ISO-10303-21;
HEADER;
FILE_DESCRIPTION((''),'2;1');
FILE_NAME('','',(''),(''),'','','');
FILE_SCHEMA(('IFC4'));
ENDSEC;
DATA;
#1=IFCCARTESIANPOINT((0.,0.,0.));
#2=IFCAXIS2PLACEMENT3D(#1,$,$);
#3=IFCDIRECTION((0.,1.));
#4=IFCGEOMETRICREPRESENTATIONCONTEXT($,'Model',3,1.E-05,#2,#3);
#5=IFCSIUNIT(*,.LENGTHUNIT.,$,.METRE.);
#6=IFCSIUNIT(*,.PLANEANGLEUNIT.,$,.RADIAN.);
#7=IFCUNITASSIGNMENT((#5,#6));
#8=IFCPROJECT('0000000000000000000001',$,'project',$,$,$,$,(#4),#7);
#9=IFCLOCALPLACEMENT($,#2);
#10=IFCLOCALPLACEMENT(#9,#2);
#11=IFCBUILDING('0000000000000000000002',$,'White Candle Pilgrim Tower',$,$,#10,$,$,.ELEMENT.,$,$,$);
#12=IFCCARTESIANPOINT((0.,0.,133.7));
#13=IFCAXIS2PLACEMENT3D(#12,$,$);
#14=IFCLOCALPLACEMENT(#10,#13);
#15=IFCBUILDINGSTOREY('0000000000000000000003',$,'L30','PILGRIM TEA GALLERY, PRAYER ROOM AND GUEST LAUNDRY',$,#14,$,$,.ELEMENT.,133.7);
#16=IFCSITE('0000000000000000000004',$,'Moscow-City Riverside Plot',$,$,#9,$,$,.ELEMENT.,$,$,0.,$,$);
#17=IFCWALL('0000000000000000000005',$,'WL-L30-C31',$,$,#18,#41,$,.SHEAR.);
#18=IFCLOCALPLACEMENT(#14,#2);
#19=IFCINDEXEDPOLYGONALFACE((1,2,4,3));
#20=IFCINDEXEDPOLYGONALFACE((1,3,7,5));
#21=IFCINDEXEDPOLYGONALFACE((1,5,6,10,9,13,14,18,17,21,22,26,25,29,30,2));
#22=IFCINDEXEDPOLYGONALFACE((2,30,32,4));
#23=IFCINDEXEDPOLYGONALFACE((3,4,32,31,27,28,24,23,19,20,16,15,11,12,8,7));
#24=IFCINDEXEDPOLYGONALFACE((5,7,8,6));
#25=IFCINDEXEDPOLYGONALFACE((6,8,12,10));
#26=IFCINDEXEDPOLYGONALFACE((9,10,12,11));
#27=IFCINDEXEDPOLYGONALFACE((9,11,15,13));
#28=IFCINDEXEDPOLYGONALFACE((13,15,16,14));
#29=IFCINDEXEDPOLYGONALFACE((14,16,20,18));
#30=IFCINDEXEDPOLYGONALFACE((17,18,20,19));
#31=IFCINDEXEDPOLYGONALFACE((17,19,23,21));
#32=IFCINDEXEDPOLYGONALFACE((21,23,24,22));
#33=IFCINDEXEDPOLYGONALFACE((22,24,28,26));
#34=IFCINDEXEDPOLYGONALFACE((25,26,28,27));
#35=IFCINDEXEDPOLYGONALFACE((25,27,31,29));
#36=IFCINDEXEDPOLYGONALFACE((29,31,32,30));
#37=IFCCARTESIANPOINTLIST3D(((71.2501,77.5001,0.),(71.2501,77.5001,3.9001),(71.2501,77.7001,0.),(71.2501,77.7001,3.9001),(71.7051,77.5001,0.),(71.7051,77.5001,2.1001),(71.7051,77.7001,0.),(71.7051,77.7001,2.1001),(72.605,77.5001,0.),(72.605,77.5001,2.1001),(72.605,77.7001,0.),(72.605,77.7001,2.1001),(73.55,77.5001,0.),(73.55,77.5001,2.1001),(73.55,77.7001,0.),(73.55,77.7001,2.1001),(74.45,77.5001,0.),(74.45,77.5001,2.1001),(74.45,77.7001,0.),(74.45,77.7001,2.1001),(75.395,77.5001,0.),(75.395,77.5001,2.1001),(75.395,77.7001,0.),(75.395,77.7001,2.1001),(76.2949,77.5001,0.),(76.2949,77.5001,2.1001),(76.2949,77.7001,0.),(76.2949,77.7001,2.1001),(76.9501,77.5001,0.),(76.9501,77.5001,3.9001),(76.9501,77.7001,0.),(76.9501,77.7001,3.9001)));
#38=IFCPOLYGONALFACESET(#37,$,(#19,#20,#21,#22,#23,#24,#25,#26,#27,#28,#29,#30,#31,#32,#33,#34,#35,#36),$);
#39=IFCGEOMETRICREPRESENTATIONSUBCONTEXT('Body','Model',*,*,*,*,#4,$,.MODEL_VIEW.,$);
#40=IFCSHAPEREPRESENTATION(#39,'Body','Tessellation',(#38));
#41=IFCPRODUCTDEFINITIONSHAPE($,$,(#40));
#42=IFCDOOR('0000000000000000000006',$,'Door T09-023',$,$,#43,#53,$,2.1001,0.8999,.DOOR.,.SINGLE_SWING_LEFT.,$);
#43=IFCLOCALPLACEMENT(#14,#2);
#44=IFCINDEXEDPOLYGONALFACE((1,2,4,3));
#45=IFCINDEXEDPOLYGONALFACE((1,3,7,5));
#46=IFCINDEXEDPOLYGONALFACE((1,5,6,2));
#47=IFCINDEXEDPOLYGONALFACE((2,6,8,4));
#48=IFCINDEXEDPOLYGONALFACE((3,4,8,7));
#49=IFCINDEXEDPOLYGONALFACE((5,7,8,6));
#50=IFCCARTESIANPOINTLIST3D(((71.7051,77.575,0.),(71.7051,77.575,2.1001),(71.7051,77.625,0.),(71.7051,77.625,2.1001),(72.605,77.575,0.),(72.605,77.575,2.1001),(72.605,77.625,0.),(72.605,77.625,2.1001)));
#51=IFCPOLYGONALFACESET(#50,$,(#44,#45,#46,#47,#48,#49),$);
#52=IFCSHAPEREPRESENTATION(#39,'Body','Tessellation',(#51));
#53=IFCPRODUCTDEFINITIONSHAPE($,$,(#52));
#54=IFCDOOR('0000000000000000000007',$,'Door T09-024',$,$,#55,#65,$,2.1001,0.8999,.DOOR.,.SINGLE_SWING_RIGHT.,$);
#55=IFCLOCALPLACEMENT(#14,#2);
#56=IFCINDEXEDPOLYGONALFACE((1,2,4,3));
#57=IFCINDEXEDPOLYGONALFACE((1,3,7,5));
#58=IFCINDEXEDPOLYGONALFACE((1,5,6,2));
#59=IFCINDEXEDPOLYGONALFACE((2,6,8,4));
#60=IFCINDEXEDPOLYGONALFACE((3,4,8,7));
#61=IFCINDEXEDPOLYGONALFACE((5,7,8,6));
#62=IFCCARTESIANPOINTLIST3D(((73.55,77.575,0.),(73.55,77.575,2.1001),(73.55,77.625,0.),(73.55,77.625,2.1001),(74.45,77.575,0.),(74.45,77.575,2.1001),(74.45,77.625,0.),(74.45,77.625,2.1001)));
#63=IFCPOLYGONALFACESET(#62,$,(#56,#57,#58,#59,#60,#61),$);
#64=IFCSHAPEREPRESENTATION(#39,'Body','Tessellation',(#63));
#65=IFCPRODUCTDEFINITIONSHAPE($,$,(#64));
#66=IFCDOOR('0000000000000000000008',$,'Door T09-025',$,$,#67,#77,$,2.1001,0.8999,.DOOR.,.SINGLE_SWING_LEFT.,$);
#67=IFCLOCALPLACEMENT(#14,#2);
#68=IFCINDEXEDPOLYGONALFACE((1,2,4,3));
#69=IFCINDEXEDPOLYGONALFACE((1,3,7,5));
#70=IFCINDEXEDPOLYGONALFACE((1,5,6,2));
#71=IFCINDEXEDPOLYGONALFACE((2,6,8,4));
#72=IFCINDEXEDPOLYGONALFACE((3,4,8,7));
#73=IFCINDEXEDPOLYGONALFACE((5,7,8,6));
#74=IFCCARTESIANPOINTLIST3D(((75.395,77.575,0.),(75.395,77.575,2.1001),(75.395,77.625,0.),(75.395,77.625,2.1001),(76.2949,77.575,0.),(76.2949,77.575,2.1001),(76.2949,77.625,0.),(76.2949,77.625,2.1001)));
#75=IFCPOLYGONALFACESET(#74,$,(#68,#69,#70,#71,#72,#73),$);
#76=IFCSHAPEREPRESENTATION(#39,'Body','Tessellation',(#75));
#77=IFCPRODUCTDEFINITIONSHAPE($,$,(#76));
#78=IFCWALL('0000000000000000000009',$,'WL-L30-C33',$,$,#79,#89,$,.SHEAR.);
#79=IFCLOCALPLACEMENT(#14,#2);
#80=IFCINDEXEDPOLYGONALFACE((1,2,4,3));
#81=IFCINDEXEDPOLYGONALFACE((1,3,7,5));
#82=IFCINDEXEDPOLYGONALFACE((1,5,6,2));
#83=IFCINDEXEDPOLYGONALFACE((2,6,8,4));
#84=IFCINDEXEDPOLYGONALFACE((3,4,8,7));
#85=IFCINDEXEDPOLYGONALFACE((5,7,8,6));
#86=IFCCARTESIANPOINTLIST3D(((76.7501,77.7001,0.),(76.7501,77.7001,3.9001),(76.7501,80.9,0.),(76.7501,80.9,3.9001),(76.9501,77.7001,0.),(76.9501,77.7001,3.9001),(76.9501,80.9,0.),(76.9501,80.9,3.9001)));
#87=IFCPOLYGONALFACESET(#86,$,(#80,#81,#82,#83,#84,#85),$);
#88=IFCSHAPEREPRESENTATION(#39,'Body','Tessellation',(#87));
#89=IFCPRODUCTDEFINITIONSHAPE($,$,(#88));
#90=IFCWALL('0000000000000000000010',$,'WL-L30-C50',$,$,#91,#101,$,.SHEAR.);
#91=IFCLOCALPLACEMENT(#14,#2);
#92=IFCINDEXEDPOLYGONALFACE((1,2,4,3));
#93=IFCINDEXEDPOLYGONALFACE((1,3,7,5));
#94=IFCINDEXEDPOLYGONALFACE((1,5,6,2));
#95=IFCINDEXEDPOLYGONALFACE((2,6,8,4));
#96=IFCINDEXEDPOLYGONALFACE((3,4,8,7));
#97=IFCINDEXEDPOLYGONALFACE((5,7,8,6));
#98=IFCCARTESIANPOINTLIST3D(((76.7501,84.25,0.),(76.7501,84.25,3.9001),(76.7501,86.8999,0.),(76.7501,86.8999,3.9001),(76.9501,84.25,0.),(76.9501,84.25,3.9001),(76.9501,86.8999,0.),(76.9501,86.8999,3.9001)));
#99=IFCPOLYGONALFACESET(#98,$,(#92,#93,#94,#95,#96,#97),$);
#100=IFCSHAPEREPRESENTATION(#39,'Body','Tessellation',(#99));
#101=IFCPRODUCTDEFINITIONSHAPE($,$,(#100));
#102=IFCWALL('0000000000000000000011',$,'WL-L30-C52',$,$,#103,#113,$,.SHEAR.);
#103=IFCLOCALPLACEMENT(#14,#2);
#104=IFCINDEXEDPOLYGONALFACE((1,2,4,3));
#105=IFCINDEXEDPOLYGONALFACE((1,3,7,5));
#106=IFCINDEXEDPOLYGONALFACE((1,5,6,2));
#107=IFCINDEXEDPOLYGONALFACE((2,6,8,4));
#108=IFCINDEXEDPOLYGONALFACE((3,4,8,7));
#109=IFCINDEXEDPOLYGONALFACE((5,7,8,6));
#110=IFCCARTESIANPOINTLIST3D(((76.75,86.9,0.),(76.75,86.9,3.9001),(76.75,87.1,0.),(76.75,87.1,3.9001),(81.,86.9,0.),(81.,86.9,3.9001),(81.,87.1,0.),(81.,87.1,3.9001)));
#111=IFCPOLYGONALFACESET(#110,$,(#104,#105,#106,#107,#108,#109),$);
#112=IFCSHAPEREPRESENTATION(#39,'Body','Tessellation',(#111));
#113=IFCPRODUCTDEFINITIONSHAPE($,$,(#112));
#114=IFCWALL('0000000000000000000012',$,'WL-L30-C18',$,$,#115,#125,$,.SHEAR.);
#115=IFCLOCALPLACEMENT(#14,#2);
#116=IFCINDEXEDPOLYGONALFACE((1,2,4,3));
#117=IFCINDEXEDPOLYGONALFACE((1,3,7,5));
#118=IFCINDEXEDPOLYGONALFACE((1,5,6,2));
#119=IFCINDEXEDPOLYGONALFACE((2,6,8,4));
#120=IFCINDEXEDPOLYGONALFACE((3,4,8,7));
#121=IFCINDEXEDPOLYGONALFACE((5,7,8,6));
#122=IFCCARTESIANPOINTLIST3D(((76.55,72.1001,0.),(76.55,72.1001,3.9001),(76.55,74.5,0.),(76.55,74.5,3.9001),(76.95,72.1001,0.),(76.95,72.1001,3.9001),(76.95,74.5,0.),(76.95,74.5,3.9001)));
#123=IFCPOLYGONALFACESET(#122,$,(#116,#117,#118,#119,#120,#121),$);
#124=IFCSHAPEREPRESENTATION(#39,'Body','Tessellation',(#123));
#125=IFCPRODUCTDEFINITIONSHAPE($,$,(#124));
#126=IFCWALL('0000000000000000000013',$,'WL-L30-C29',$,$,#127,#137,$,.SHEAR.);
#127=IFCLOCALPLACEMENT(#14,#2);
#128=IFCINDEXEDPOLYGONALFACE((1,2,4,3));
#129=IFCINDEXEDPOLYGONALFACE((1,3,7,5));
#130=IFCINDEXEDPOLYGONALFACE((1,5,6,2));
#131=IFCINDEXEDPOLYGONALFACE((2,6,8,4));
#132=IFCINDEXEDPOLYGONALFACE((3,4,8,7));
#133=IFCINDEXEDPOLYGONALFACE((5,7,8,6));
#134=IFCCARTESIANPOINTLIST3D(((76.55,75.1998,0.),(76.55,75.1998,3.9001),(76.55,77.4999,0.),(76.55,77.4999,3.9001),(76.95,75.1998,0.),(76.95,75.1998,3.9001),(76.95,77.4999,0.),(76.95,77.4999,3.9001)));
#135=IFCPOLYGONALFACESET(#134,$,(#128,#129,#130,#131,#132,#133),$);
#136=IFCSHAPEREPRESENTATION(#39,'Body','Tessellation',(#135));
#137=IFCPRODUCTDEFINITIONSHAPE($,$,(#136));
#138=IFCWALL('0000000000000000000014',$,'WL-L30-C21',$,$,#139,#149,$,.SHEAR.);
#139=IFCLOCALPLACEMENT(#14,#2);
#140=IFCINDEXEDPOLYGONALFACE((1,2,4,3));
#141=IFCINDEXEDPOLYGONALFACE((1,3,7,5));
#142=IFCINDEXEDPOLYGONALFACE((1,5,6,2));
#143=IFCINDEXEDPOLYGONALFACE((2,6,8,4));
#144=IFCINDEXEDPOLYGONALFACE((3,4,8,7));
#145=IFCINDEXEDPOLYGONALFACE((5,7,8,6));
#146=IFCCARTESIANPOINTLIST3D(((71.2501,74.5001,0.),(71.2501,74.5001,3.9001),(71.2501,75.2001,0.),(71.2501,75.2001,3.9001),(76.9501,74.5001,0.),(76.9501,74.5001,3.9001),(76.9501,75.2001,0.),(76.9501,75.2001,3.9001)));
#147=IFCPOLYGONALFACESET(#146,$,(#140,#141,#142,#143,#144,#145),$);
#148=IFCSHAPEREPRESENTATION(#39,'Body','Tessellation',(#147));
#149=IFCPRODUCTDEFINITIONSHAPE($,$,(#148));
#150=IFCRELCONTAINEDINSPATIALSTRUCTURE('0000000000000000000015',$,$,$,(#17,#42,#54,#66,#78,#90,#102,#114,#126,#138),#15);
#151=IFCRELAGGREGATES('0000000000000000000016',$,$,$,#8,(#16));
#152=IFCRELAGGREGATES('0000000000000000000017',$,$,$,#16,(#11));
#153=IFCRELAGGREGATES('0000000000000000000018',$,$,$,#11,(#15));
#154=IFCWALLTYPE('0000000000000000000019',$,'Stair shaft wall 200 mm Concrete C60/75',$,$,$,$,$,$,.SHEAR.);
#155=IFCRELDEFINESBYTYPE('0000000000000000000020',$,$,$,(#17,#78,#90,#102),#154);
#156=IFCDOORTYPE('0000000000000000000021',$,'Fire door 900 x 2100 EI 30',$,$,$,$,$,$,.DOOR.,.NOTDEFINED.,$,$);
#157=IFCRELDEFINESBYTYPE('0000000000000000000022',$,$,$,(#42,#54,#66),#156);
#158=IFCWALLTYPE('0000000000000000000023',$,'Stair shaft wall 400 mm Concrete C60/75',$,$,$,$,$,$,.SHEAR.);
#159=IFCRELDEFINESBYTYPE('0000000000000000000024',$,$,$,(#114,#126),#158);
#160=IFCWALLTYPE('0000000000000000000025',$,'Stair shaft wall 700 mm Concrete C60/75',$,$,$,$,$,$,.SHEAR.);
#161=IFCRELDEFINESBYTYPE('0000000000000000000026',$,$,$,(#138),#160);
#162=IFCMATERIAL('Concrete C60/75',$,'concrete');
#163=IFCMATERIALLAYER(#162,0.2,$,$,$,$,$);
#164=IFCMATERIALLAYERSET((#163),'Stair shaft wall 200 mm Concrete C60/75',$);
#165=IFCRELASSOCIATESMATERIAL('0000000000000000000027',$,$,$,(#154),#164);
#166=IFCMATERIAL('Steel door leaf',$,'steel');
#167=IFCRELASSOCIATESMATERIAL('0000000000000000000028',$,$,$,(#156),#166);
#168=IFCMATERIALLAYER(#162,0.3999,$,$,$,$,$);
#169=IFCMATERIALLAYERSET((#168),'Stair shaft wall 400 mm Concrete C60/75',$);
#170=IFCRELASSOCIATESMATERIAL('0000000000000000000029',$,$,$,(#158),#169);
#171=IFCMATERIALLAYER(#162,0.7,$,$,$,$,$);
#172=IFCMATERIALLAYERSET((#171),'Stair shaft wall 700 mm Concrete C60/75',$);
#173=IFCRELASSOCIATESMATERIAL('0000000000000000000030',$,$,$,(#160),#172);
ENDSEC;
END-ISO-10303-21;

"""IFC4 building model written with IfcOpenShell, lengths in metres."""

from ifc_helpers import new_model, si_unit, direction, frame, frame_2d, origin, place, context, subcontext, project, spatial, rectangle, extrude, material, layer, layer_set, type_object, element, fill, save


model = new_model("IFC4")

# Units and contexts
model_context = context("Model", 3, precision=1e-05, world=origin(), true_north=direction((0.0, 1.0)))
body_context = subcontext(model_context, "Body", "Model", "MODEL_VIEW")
ifc_project = project(units=[si_unit("LENGTHUNIT", "METRE"), si_unit("PLANEANGLEUNIT", "RADIAN")], contexts=[model_context])

# Site, building, storey
site_placement = place(None, origin())
site = spatial("IfcSite", under=ifc_project, at=site_placement, Name="Moscow-City Riverside Plot", CompositionType="ELEMENT", RefElevation=0.0)
building_placement = place(site_placement, origin())
building = spatial("IfcBuilding", under=site, at=building_placement, Name="White Candle Pilgrim Tower", CompositionType="ELEMENT")
storey_placement = place(building_placement, frame((0.0, 0.0, 133.7)))
storey = spatial("IfcBuildingStorey", under=building, at=storey_placement, Name="L30", Description="PILGRIM TEA GALLERY, PRAYER ROOM AND GUEST LAUNDRY", CompositionType="ELEMENT", Elevation=133.7)

# Shared definitions
ifc_material_1 = material(Name="Concrete C60/75", Category="concrete")

# Wall, openings, doors
ifc_layer_1 = layer(ifc_material_1, 0.2)
ifc_layer_set_1 = layer_set([ifc_layer_1], Name="Stair shaft wall 200 mm Concrete C60/75")
wall_type_1 = type_object("IfcWallType", Name="Stair shaft wall 200 mm Concrete C60/75", PredefinedType="SHEAR", material=ifc_layer_set_1)
wall_1_placement = place(storey_placement, frame((71.25, 77.6001, 0.0), z_axis=(0.0, 0.0, 1.0), x_axis=(1.0, 0.0, 0.0)))
wall_1 = element("IfcWall", 1, at=wall_1_placement, inside=storey, type_object=wall_type_1, Name="WL-L30-C31", PredefinedType="SHEAR", context=body_context, shape_type="SweptSolid", body=[
    extrude(rectangle(XDim=5.7, YDim=0.2, at=frame_2d((2.8501, 0.0))), origin(), (0.0, 0.0, 1.0), 3.9001),
])
opening_1_placement = place(wall_1_placement, frame((0.4551, 0.0, 0.0)))
opening_1 = element("IfcOpeningElement", 2, at=opening_1_placement, cuts=wall_1, PredefinedType="OPENING", context=body_context, shape_type="SweptSolid", body=[
    extrude(rectangle(XDim=0.8999, YDim=2.1001, at=frame_2d((0.45, 1.05))), frame((0.0, 0.1099, 0.0), z_axis=(0.0, -1.0, 0.0), x_axis=(1.0, 0.0, 0.0)), (0.0, 0.0, 1.0), 0.22),
])
opening_2_placement = place(wall_1_placement, frame((2.3, 0.0, 0.0)))
opening_2 = element("IfcOpeningElement", 3, at=opening_2_placement, cuts=wall_1, PredefinedType="OPENING", context=body_context, shape_type="SweptSolid", body=[
    extrude(rectangle(XDim=0.8999, YDim=2.1001, at=frame_2d((0.45, 1.05))), frame((0.0, 0.1099, 0.0), z_axis=(0.0, -1.0, 0.0), x_axis=(1.0, 0.0, 0.0)), (0.0, 0.0, 1.0), 0.22),
])
opening_3_placement = place(wall_1_placement, frame((4.145, 0.0, 0.0)))
opening_3 = element("IfcOpeningElement", 4, at=opening_3_placement, cuts=wall_1, PredefinedType="OPENING", context=body_context, shape_type="SweptSolid", body=[
    extrude(rectangle(XDim=0.8999, YDim=2.1001, at=frame_2d((0.45, 1.05))), frame((0.0, 0.1099, 0.0), z_axis=(0.0, -1.0, 0.0), x_axis=(1.0, 0.0, 0.0)), (0.0, 0.0, 1.0), 0.22),
])
ifc_material_2 = material(Name="Steel door leaf", Category="steel")
door_type = type_object("IfcDoorType", Name="Fire door 900 x 2100 EI 30", OperationType="NOTDEFINED", PredefinedType="DOOR", material=ifc_material_2)
door_1_placement = place(opening_1_placement, origin())
door_1 = element("IfcDoor", 5, at=door_1_placement, inside=storey, type_object=door_type, Name="Door T09-023", OperationType="SINGLE_SWING_LEFT", OverallHeight=2.1001, OverallWidth=0.8999, PredefinedType="DOOR", context=body_context, shape_type="SweptSolid", body=[
    extrude(rectangle(XDim=0.8999, YDim=2.1001, at=frame_2d((0.45, 1.05))), frame((0.0, 0.0249, 0.0), z_axis=(0.0, -1.0, 0.0), x_axis=(1.0, 0.0, 0.0)), (0.0, 0.0, 1.0), 0.05),
])
fill(opening_1, door_1)
door_2_placement = place(opening_2_placement, origin())
door_2 = element("IfcDoor", 6, at=door_2_placement, inside=storey, type_object=door_type, Name="Door T09-024", OperationType="SINGLE_SWING_RIGHT", OverallHeight=2.1001, OverallWidth=0.8999, PredefinedType="DOOR", context=body_context, shape_type="SweptSolid", body=[
    extrude(rectangle(XDim=0.8999, YDim=2.1001, at=frame_2d((0.45, 1.05))), frame((0.0, 0.0249, 0.0), z_axis=(0.0, -1.0, 0.0), x_axis=(1.0, 0.0, 0.0)), (0.0, 0.0, 1.0), 0.05),
])
fill(opening_2, door_2)
door_3_placement = place(opening_3_placement, origin())
door_3 = element("IfcDoor", 7, at=door_3_placement, inside=storey, type_object=door_type, Name="Door T09-025", OperationType="SINGLE_SWING_LEFT", OverallHeight=2.1001, OverallWidth=0.8999, PredefinedType="DOOR", context=body_context, shape_type="SweptSolid", body=[
    extrude(rectangle(XDim=0.8999, YDim=2.1001, at=frame_2d((0.45, 1.05))), frame((0.0, 0.0249, 0.0), z_axis=(0.0, -1.0, 0.0), x_axis=(1.0, 0.0, 0.0)), (0.0, 0.0, 1.0), 0.05),
])
fill(opening_3, door_3)

# Walls
wall_2_placement = place(storey_placement, frame((76.8501, 77.7, 0.0), z_axis=(0.0, 0.0, 1.0), x_axis=(0.0, 1.0, 0.0)))
element("IfcWall", 8, at=wall_2_placement, inside=storey, type_object=wall_type_1, Name="WL-L30-C33", PredefinedType="SHEAR", context=body_context, shape_type="SweptSolid", body=[
    extrude(rectangle(XDim=3.2, YDim=0.2, at=frame_2d((1.6001, 0.0))), origin(), (0.0, 0.0, 1.0), 3.9001),
])
wall_3_placement = place(storey_placement, frame((76.8501, 84.25, 0.0), z_axis=(0.0, 0.0, 1.0), x_axis=(0.0, 1.0, 0.0)))
element("IfcWall", 9, at=wall_3_placement, inside=storey, type_object=wall_type_1, Name="WL-L30-C50", PredefinedType="SHEAR", context=body_context, shape_type="SweptSolid", body=[
    extrude(rectangle(XDim=2.6499, YDim=0.2, at=frame_2d((1.325, 0.0))), origin(), (0.0, 0.0, 1.0), 3.9001),
])
wall_4_placement = place(storey_placement, frame((76.75, 87.0, 0.0), z_axis=(0.0, 0.0, 1.0), x_axis=(1.0, 0.0, 0.0)))
element("IfcWall", 10, at=wall_4_placement, inside=storey, type_object=wall_type_1, Name="WL-L30-C52", PredefinedType="SHEAR", context=body_context, shape_type="SweptSolid", body=[
    extrude(rectangle(XDim=4.25, YDim=0.2, at=frame_2d((2.125, 0.0))), origin(), (0.0, 0.0, 1.0), 3.9001),
])
ifc_layer_2 = layer(ifc_material_1, 0.3999)
ifc_layer_set_2 = layer_set([ifc_layer_2], Name="Stair shaft wall 400 mm Concrete C60/75")
wall_type_2 = type_object("IfcWallType", Name="Stair shaft wall 400 mm Concrete C60/75", PredefinedType="SHEAR", material=ifc_layer_set_2)
wall_5_placement = place(storey_placement, frame((76.75, 72.1001, 0.0), z_axis=(0.0, 0.0, 1.0), x_axis=(0.0, 1.0, 0.0)))
element("IfcWall", 11, at=wall_5_placement, inside=storey, type_object=wall_type_2, Name="WL-L30-C18", PredefinedType="SHEAR", context=body_context, shape_type="SweptSolid", body=[
    extrude(rectangle(XDim=2.3999, YDim=0.3999, at=frame_2d((1.2, 0.0))), origin(), (0.0, 0.0, 1.0), 3.9001),
])
wall_6_placement = place(storey_placement, frame((76.75, 75.2, 0.0), z_axis=(0.0, 0.0, 1.0), x_axis=(0.0, 1.0, 0.0)))
element("IfcWall", 12, at=wall_6_placement, inside=storey, type_object=wall_type_2, Name="WL-L30-C29", PredefinedType="SHEAR", context=body_context, shape_type="SweptSolid", body=[
    extrude(rectangle(XDim=2.3, YDim=0.3999, at=frame_2d((1.1499, 0.0))), origin(), (0.0, 0.0, 1.0), 3.9001),
])
ifc_layer_3 = layer(ifc_material_1, 0.7)
ifc_layer_set_3 = layer_set([ifc_layer_3], Name="Stair shaft wall 700 mm Concrete C60/75")
wall_type_3 = type_object("IfcWallType", Name="Stair shaft wall 700 mm Concrete C60/75", PredefinedType="SHEAR", material=ifc_layer_set_3)
wall_7_placement = place(storey_placement, frame((71.25, 74.8501, 0.0), z_axis=(0.0, 0.0, 1.0), x_axis=(1.0, 0.0, 0.0)))
element("IfcWall", 13, at=wall_7_placement, inside=storey, type_object=wall_type_3, Name="WL-L30-C21", PredefinedType="SHEAR", context=body_context, shape_type="SweptSolid", body=[
    extrude(rectangle(XDim=5.7, YDim=0.7, at=frame_2d((2.8501, 0.0))), origin(), (0.0, 0.0, 1.0), 3.9001),
])

save(model, "model.ifc")
